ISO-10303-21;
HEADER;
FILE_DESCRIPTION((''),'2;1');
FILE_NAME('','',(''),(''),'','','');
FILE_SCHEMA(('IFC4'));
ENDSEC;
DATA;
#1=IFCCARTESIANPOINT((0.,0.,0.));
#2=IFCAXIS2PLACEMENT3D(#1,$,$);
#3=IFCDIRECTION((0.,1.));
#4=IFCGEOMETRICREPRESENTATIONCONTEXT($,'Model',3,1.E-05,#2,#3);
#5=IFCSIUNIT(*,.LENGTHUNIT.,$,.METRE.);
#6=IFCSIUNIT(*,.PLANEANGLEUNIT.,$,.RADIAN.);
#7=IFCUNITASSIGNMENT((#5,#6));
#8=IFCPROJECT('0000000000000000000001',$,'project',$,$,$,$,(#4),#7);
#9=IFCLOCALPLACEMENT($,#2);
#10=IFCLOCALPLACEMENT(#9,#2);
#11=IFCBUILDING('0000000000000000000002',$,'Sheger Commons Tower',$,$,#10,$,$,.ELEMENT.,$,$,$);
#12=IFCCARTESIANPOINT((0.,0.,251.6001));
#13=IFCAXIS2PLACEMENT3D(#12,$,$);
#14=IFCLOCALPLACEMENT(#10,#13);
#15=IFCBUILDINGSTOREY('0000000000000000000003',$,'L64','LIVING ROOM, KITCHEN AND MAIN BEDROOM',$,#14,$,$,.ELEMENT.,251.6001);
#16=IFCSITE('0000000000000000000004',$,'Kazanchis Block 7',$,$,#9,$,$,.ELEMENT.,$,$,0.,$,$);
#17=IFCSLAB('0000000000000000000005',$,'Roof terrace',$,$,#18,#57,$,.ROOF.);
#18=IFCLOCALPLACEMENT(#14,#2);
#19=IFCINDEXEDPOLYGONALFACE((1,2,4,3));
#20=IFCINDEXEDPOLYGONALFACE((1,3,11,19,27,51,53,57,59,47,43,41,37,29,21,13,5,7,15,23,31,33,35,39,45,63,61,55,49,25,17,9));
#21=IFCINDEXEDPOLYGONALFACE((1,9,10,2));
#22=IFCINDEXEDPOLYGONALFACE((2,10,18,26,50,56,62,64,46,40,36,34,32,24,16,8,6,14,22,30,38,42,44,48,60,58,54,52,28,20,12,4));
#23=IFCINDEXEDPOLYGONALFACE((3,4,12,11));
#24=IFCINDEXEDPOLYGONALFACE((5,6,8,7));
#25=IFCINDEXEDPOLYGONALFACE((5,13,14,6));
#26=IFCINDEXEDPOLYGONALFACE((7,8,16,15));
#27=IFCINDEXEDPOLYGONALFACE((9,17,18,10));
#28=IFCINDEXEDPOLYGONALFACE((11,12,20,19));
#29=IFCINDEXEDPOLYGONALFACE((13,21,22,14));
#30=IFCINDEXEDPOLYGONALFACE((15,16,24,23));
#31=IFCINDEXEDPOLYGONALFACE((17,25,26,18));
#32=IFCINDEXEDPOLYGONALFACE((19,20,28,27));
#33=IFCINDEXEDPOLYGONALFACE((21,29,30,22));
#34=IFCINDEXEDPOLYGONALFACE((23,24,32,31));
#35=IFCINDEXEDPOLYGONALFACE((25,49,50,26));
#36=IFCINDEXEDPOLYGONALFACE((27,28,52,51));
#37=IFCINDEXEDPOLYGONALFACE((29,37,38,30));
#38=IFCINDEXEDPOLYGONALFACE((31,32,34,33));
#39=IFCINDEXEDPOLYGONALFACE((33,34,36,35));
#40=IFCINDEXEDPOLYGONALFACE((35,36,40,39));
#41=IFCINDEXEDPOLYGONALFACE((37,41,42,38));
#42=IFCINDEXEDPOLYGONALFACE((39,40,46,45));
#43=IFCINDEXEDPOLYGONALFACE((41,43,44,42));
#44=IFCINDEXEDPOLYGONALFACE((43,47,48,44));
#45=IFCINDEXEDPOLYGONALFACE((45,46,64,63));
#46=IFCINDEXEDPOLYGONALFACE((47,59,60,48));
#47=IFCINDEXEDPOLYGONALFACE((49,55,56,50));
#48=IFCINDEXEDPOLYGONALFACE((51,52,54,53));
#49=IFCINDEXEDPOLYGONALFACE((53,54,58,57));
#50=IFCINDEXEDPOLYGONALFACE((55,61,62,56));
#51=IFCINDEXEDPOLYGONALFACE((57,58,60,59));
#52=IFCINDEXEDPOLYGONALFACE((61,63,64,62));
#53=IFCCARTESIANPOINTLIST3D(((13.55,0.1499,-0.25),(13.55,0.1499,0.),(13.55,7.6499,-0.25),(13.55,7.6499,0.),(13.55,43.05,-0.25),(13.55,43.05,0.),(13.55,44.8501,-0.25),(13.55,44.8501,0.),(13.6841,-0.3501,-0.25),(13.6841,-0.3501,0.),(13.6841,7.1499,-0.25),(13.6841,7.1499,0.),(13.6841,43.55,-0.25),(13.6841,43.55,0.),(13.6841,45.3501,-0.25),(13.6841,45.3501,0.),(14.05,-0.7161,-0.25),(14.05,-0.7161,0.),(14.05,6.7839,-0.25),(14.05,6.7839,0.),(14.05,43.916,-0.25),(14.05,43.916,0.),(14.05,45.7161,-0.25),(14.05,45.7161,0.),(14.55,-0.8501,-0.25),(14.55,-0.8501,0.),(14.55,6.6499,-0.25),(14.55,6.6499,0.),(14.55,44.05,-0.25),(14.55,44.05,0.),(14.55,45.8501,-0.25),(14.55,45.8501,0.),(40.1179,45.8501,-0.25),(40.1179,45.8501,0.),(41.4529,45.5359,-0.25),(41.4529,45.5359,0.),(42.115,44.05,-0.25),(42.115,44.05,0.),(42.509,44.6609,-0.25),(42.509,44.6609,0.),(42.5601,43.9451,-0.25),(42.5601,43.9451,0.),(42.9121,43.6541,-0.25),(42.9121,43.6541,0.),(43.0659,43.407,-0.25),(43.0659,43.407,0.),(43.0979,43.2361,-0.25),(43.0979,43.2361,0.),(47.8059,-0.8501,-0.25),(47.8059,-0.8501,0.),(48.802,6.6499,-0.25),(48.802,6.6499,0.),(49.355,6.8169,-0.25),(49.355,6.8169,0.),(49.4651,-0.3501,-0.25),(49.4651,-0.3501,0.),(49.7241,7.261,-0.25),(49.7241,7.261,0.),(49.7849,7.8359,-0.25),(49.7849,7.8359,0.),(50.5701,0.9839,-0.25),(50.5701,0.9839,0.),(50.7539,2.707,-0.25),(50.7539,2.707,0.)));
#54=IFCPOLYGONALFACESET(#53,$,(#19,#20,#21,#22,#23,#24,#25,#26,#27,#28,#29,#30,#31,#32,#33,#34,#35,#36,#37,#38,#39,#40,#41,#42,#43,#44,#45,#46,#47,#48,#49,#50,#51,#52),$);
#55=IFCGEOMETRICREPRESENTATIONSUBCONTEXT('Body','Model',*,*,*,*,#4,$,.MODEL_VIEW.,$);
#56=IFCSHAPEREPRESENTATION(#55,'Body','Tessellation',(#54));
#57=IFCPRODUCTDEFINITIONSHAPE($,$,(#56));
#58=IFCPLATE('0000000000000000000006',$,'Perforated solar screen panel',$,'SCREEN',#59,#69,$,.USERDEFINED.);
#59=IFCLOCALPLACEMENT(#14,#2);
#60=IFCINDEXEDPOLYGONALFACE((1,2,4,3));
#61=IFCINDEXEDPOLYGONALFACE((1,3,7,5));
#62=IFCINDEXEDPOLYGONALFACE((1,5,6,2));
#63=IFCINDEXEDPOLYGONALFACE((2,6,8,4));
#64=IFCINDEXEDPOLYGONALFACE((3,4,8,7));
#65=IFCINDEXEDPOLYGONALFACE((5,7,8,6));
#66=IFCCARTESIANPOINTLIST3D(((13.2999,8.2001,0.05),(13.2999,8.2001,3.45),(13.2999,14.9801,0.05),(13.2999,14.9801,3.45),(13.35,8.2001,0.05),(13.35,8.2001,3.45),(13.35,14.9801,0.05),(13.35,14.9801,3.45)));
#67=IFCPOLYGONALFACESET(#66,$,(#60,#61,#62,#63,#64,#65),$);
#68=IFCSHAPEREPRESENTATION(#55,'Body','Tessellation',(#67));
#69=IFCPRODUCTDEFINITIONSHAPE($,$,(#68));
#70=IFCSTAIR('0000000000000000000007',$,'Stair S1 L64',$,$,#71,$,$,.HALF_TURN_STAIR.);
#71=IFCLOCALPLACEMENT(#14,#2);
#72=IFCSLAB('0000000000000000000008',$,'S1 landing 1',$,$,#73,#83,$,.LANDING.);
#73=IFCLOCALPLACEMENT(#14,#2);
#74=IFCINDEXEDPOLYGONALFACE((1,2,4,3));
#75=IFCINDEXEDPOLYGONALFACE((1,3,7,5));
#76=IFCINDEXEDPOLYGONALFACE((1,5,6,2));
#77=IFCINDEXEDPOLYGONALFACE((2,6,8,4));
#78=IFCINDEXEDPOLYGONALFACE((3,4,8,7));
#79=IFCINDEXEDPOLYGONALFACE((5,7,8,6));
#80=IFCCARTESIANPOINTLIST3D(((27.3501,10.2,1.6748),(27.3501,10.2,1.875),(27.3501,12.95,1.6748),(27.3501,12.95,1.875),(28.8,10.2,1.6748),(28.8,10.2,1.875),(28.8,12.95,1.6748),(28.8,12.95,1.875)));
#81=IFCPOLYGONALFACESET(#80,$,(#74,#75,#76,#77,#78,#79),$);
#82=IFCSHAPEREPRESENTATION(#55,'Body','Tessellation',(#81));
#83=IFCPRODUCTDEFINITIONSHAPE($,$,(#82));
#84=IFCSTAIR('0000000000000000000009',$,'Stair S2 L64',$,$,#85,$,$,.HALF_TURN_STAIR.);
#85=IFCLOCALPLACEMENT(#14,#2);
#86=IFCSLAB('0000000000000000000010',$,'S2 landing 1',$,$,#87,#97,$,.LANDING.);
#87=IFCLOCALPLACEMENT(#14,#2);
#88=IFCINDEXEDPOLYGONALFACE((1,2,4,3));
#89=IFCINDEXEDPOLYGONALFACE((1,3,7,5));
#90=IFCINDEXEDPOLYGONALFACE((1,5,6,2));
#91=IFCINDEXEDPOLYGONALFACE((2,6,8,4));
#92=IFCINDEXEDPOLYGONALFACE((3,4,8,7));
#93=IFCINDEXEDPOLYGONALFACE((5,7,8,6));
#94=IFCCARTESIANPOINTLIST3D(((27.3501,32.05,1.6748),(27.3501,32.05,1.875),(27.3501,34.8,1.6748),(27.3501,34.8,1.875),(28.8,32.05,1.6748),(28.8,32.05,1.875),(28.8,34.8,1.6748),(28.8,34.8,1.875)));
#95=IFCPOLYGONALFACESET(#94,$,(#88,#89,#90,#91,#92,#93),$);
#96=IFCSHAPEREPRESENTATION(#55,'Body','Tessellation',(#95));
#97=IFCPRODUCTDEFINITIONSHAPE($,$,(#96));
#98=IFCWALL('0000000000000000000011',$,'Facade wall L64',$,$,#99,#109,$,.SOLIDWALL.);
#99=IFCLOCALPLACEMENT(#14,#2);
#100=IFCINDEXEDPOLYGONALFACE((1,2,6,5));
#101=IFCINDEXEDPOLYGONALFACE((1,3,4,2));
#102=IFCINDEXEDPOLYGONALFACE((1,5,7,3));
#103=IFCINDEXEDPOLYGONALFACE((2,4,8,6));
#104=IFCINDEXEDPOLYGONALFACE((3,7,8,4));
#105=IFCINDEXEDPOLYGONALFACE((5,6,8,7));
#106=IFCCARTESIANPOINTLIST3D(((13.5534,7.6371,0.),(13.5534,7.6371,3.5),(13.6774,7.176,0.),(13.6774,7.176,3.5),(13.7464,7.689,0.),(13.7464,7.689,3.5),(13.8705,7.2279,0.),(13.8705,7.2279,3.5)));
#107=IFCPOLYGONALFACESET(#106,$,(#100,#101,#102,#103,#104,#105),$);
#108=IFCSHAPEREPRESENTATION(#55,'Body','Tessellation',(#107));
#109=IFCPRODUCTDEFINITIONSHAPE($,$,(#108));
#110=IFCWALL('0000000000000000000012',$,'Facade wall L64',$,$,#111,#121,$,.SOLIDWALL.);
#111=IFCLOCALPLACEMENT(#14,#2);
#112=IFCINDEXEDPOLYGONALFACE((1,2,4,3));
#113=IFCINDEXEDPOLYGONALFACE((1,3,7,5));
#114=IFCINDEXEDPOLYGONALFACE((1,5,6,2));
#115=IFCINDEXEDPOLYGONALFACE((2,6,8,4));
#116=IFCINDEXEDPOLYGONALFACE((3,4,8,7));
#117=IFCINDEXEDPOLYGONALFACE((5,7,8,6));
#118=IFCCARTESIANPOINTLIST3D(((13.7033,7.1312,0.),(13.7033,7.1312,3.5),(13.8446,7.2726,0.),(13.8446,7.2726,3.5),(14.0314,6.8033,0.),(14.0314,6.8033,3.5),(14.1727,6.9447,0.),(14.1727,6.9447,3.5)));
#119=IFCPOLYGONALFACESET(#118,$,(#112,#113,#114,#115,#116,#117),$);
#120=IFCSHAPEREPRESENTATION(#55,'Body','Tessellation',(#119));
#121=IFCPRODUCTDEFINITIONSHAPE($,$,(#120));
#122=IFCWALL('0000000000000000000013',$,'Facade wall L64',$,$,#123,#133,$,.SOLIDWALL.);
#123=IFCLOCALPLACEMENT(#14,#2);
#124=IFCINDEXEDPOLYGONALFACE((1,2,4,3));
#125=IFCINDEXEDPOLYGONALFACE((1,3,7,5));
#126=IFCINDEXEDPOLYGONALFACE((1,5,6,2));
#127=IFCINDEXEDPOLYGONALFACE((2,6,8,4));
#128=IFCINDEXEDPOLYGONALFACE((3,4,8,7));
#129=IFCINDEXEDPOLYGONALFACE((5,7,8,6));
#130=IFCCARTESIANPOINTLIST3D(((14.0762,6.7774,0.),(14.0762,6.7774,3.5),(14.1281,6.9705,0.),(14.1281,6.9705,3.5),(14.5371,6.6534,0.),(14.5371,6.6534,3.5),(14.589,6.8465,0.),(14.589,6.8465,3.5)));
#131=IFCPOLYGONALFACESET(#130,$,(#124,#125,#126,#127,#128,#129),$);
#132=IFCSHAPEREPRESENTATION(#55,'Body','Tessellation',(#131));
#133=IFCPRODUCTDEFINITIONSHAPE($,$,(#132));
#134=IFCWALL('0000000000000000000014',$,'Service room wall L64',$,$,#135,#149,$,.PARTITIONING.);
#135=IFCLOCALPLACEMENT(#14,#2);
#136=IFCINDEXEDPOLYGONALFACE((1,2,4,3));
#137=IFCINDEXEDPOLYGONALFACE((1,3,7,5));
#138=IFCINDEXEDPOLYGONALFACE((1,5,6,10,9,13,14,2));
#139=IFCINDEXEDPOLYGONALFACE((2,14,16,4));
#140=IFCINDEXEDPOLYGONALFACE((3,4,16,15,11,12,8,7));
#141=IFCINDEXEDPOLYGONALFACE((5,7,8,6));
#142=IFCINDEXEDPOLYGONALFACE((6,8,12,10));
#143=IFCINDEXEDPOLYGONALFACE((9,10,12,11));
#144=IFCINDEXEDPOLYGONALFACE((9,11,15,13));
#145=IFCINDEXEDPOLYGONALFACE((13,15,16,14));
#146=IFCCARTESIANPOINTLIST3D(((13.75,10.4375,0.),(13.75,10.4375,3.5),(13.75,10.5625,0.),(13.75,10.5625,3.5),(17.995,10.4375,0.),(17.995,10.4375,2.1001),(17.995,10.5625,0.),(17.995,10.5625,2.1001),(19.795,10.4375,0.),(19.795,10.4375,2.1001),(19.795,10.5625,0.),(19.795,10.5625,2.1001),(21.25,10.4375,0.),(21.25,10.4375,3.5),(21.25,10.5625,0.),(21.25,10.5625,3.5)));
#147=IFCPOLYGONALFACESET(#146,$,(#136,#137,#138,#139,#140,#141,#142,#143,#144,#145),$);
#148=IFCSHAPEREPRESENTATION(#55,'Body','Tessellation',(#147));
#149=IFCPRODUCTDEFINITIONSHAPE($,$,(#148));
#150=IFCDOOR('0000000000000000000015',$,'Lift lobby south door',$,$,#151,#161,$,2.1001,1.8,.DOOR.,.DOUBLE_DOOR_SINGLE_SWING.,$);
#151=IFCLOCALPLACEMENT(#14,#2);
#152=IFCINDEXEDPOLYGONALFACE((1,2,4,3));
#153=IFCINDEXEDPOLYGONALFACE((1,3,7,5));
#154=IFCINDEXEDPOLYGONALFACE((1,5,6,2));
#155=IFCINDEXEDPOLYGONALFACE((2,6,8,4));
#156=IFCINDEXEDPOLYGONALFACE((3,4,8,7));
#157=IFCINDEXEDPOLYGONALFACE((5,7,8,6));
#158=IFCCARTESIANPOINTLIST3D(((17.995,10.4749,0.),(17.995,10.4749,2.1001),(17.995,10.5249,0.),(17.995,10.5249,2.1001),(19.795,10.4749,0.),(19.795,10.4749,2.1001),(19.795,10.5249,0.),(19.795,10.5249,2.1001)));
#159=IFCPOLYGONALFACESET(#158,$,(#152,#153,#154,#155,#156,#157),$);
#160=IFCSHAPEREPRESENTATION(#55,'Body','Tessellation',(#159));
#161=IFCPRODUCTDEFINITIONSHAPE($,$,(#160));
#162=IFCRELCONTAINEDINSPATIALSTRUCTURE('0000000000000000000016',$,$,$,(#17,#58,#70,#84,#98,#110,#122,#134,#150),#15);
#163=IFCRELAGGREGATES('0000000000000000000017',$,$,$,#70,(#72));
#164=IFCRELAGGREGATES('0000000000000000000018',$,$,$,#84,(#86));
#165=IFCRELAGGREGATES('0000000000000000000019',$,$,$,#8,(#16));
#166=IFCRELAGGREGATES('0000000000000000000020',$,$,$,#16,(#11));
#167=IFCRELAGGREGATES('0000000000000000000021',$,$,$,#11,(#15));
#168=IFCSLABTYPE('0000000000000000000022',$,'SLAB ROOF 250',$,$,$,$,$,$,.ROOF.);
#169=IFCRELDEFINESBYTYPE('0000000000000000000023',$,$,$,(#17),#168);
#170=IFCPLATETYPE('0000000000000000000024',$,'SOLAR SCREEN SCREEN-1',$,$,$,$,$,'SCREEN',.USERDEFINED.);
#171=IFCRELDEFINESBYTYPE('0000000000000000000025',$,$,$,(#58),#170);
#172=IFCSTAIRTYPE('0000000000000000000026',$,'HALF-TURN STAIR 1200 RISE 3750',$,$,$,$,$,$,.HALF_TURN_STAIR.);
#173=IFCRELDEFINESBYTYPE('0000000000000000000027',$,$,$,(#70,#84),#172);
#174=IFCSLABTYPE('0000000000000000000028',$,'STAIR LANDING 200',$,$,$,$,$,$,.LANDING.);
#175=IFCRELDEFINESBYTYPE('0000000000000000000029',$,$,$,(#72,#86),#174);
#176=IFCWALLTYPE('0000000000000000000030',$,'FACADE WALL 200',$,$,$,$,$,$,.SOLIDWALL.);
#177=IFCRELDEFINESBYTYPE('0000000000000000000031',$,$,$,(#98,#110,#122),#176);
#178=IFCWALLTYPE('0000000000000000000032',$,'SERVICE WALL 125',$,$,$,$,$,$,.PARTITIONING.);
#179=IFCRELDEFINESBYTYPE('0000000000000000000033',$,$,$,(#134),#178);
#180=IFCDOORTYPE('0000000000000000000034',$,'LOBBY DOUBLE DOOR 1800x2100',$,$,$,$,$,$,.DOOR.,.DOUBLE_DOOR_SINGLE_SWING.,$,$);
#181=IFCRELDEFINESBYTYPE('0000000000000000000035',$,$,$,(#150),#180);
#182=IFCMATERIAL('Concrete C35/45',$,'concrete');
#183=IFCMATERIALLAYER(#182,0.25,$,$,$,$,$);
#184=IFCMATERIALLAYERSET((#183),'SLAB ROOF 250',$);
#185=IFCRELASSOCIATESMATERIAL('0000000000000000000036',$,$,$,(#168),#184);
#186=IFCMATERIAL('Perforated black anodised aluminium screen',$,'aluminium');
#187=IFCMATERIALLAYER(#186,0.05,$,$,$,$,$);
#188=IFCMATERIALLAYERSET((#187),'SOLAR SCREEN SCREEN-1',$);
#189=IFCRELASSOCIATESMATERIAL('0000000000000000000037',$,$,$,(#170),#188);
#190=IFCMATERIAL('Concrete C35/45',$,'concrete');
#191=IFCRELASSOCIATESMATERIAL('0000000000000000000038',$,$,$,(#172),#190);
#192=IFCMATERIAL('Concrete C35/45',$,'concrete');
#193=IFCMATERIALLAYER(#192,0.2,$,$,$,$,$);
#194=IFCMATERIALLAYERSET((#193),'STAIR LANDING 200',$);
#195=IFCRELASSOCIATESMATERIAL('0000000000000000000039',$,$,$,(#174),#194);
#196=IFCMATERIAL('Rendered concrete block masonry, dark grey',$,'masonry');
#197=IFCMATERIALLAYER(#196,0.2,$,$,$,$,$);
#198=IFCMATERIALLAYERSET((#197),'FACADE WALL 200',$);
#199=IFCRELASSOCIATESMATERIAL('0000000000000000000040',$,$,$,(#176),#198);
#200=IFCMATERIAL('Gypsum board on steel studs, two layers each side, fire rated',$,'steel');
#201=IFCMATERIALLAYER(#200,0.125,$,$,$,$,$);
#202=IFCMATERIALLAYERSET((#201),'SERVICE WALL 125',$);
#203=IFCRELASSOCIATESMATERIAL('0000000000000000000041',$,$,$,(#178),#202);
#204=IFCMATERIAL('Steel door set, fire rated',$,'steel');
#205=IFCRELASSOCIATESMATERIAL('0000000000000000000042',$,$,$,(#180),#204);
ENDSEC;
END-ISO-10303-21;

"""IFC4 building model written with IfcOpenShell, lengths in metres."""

from ifc_helpers import new_model, si_unit, direction, frame, frame_2d, origin, origin_2d, place, context, subcontext, project, spatial, polyline, rectangle, outline, extrude, material, layer, layer_set, type_object, element, fill, aggregate, save


model = new_model("IFC4")

# Units and contexts
model_context = context("Model", 3, precision=1e-05, world=origin(), true_north=direction((0.0, 1.0)))
body_context = subcontext(model_context, "Body", "Model", "MODEL_VIEW")
ifc_project = project(units=[si_unit("LENGTHUNIT", "METRE"), si_unit("PLANEANGLEUNIT", "RADIAN")], contexts=[model_context])

# Site, building, storey
site_placement = place(None, origin())
site = spatial("IfcSite", under=ifc_project, at=site_placement, Name="Kazanchis Block 7", CompositionType="ELEMENT", RefElevation=0.0)
building_placement = place(site_placement, origin())
building = spatial("IfcBuilding", under=site, at=building_placement, Name="Sheger Commons Tower", CompositionType="ELEMENT")
storey_placement = place(building_placement, frame((0.0, 0.0, 251.6001)))
storey = spatial("IfcBuildingStorey", under=building, at=storey_placement, Name="L64", Description="LIVING ROOM, KITCHEN AND MAIN BEDROOM", CompositionType="ELEMENT", Elevation=251.6001)

# Slab
ifc_material_1 = material(Name="Concrete C35/45", Category="concrete")
ifc_layer_1 = layer(ifc_material_1, 0.25)
ifc_layer_set_1 = layer_set([ifc_layer_1], Name="SLAB ROOF 250")
slab_type_1 = type_object("IfcSlabType", Name="SLAB ROOF 250", PredefinedType="ROOF", material=ifc_layer_set_1)
slab_1_placement = place(storey_placement, frame((0.0, 0.0, -0.25)))
element("IfcSlab", 1, at=slab_1_placement, inside=storey, type_object=slab_type_1, Name="Roof terrace", PredefinedType="ROOF", context=body_context, shape_type="SweptSolid", body=[
    extrude(outline(polyline([(14.55, -0.8501), (47.8059, -0.8501), (49.4651, -0.3501), (50.5701, 0.9839), (50.7539, 2.707), (43.0659, 43.407), (42.509, 44.6609), (41.4529, 45.5359), (40.1179, 45.8501), (14.55, 45.8501), (14.05, 45.7161), (13.6841, 45.3501), (13.55, 44.8501), (13.55, 43.05), (13.6841, 43.55), (14.05, 43.916), (14.55, 44.05), (42.115, 44.05), (42.5601, 43.9451), (42.9121, 43.6541), (43.0979, 43.2361), (49.7849, 7.8359), (49.7241, 7.261), (49.355, 6.8169), (48.802, 6.6499), (14.55, 6.6499), (14.05, 6.7839), (13.6841, 7.1499), (13.55, 7.6499), (13.55, 0.1499), (13.6841, -0.3501), (14.05, -0.7161), (14.55, -0.8501)])), origin(), (0.0, 0.0, 1.0), 0.25),
])

# Plate
ifc_material_2 = material(Name="Perforated black anodised aluminium screen", Category="aluminium")
ifc_layer_2 = layer(ifc_material_2, 0.05)
ifc_layer_set_2 = layer_set([ifc_layer_2], Name="SOLAR SCREEN SCREEN-1")
plate_type = type_object("IfcPlateType", Name="SOLAR SCREEN SCREEN-1", ElementType="SCREEN", PredefinedType="USERDEFINED", material=ifc_layer_set_2)
plate_placement = place(storey_placement, frame((13.325, 11.5901, 0.05), z_axis=(0.0, 0.0, 1.0), x_axis=(0.0, -1.0, 0.0)))
element("IfcPlate", 2, at=plate_placement, inside=storey, type_object=plate_type, Name="Perforated solar screen panel", ObjectType="SCREEN", PredefinedType="USERDEFINED", context=body_context, shape_type="SweptSolid", body=[
    extrude(rectangle(XDim=6.78, YDim=0.05, at=origin_2d()), origin(), (0.0, 0.0, 1.0), 3.3999),
])

# Stairs, slabs
ifc_material_3 = material(Name="Concrete C35/45", Category="concrete")
stair_type = type_object("IfcStairType", Name="HALF-TURN STAIR 1200 RISE 3750", PredefinedType="HALF_TURN_STAIR", material=ifc_material_3)
stair_1_placement = place(storey_placement, origin())
stair_1 = element("IfcStair", 3, at=stair_1_placement, inside=storey, type_object=stair_type, Name="Stair S1 L64", PredefinedType="HALF_TURN_STAIR")
ifc_material_4 = material(Name="Concrete C35/45", Category="concrete")
ifc_layer_3 = layer(ifc_material_4, 0.2)
ifc_layer_set_3 = layer_set([ifc_layer_3], Name="STAIR LANDING 200")
slab_type_2 = type_object("IfcSlabType", Name="STAIR LANDING 200", PredefinedType="LANDING", material=ifc_layer_set_3)
slab_2_placement = place(storey_placement, frame((0.0, 0.0, 1.6748)))
slab_2 = element("IfcSlab", 4, at=slab_2_placement, type_object=slab_type_2, Name="S1 landing 1", PredefinedType="LANDING", context=body_context, shape_type="SweptSolid", body=[
    extrude(outline(polyline([(27.3501, 10.2), (28.8, 10.2), (28.8, 12.95), (27.3501, 12.95), (27.3501, 10.2)])), origin(), (0.0, 0.0, 1.0), 0.2002),
])
aggregate(stair_1, [slab_2])
stair_2_placement = place(storey_placement, origin())
stair_2 = element("IfcStair", 5, at=stair_2_placement, inside=storey, type_object=stair_type, Name="Stair S2 L64", PredefinedType="HALF_TURN_STAIR")
slab_3_placement = place(storey_placement, frame((0.0, 0.0, 1.6748)))
slab_3 = element("IfcSlab", 6, at=slab_3_placement, type_object=slab_type_2, Name="S2 landing 1", PredefinedType="LANDING", context=body_context, shape_type="SweptSolid", body=[
    extrude(outline(polyline([(27.3501, 32.05), (28.8, 32.05), (28.8, 34.8), (27.3501, 34.8), (27.3501, 32.05)])), origin(), (0.0, 0.0, 1.0), 0.2002),
])
aggregate(stair_2, [slab_3])

# Walls
ifc_material_5 = material(Name="Rendered concrete block masonry, dark grey", Category="masonry")
ifc_layer_4 = layer(ifc_material_5, 0.2)
ifc_layer_set_4 = layer_set([ifc_layer_4], Name="FACADE WALL 200")
wall_type_1 = type_object("IfcWallType", Name="FACADE WALL 200", PredefinedType="SOLIDWALL", material=ifc_layer_set_4)
wall_1_placement = place(storey_placement, frame((13.6499, 7.6631, 0.0), z_axis=(0.0, 0.0, 1.0), x_axis=(0.259698, -0.96569, 0.0)))
element("IfcWall", 7, at=wall_1_placement, inside=storey, type_object=wall_type_1, Name="Facade wall L64", PredefinedType="SOLIDWALL", context=body_context, shape_type="SweptSolid", body=[
    extrude(rectangle(XDim=0.4775, YDim=0.2, at=frame_2d((0.2388, 0.0))), origin(), (0.0, 0.0, 1.0), 3.5),
])
wall_2_placement = place(storey_placement, frame((13.7739, 7.2019, 0.0), z_axis=(0.0, 0.0, 1.0), x_axis=(0.70737, -0.706844, 0.0)))
element("IfcWall", 8, at=wall_2_placement, inside=storey, type_object=wall_type_1, Name="Facade wall L64", PredefinedType="SOLIDWALL", context=body_context, shape_type="SweptSolid", body=[
    extrude(rectangle(XDim=0.4639, YDim=0.2, at=frame_2d((0.2319, 0.0))), origin(), (0.0, 0.0, 1.0), 3.5),
])
wall_3_placement = place(storey_placement, frame((14.1021, 6.874, 0.0), z_axis=(0.0, 0.0, 1.0), x_axis=(0.965655, -0.259827, 0.0)))
element("IfcWall", 9, at=wall_3_placement, inside=storey, type_object=wall_type_1, Name="Facade wall L64", PredefinedType="SOLIDWALL", context=body_context, shape_type="SweptSolid", body=[
    extrude(rectangle(XDim=0.4773, YDim=0.2, at=frame_2d((0.2388, 0.0))), origin(), (0.0, 0.0, 1.0), 3.5),
])

# Wall, opening, door
ifc_material_6 = material(Name="Gypsum board on steel studs, two layers each side, fire rated", Category="steel")
ifc_layer_5 = layer(ifc_material_6, 0.125)
ifc_layer_set_5 = layer_set([ifc_layer_5], Name="SERVICE WALL 125")
wall_type_2 = type_object("IfcWallType", Name="SERVICE WALL 125", PredefinedType="PARTITIONING", material=ifc_layer_set_5)
wall_4_placement = place(storey_placement, frame((13.75, 10.5, 0.0), z_axis=(0.0, 0.0, 1.0), x_axis=(1.0, 0.0, 0.0)))
wall_4 = element("IfcWall", 10, at=wall_4_placement, inside=storey, type_object=wall_type_2, Name="Service room wall L64", PredefinedType="PARTITIONING", context=body_context, shape_type="SweptSolid", body=[
    extrude(rectangle(XDim=7.5, YDim=0.125, at=frame_2d((3.75, 0.0))), origin(), (0.0, 0.0, 1.0), 3.5),
])
opening_1_placement = place(wall_4_placement, frame((4.2451, 0.0, 0.0)))
opening_1 = element("IfcOpeningElement", 11, at=opening_1_placement, cuts=wall_4, PredefinedType="OPENING", context=body_context, shape_type="SweptSolid", body=[
    extrude(rectangle(XDim=1.8, YDim=2.1001, at=frame_2d((0.8999, 1.05))), frame((0.0, 0.0725, 0.0), z_axis=(0.0, -1.0, 0.0), x_axis=(1.0, 0.0, 0.0)), (0.0, 0.0, 1.0), 0.145),
])
ifc_material_7 = material(Name="Steel door set, fire rated", Category="steel")
door_type_1 = type_object("IfcDoorType", Name="LOBBY DOUBLE DOOR 1800x2100", OperationType="DOUBLE_DOOR_SINGLE_SWING", PredefinedType="DOOR", material=ifc_material_7)
door_1_placement = place(opening_1_placement, origin())
door_1 = element("IfcDoor", 12, at=door_1_placement, inside=storey, type_object=door_type_1, Name="Lift lobby south door", OperationType="DOUBLE_DOOR_SINGLE_SWING", OverallHeight=2.1001, OverallWidth=1.8, PredefinedType="DOOR", context=body_context, shape_type="SweptSolid", body=[
    extrude(rectangle(XDim=1.8, YDim=2.1001, at=frame_2d((0.8999, 1.05))), frame((0.0, 0.0249, 0.0), z_axis=(0.0, -1.0, 0.0), x_axis=(1.0, 0.0, 0.0)), (0.0, 0.0, 1.0), 0.05),
])
fill(opening_1, door_1)

save(model, "model.ifc")
